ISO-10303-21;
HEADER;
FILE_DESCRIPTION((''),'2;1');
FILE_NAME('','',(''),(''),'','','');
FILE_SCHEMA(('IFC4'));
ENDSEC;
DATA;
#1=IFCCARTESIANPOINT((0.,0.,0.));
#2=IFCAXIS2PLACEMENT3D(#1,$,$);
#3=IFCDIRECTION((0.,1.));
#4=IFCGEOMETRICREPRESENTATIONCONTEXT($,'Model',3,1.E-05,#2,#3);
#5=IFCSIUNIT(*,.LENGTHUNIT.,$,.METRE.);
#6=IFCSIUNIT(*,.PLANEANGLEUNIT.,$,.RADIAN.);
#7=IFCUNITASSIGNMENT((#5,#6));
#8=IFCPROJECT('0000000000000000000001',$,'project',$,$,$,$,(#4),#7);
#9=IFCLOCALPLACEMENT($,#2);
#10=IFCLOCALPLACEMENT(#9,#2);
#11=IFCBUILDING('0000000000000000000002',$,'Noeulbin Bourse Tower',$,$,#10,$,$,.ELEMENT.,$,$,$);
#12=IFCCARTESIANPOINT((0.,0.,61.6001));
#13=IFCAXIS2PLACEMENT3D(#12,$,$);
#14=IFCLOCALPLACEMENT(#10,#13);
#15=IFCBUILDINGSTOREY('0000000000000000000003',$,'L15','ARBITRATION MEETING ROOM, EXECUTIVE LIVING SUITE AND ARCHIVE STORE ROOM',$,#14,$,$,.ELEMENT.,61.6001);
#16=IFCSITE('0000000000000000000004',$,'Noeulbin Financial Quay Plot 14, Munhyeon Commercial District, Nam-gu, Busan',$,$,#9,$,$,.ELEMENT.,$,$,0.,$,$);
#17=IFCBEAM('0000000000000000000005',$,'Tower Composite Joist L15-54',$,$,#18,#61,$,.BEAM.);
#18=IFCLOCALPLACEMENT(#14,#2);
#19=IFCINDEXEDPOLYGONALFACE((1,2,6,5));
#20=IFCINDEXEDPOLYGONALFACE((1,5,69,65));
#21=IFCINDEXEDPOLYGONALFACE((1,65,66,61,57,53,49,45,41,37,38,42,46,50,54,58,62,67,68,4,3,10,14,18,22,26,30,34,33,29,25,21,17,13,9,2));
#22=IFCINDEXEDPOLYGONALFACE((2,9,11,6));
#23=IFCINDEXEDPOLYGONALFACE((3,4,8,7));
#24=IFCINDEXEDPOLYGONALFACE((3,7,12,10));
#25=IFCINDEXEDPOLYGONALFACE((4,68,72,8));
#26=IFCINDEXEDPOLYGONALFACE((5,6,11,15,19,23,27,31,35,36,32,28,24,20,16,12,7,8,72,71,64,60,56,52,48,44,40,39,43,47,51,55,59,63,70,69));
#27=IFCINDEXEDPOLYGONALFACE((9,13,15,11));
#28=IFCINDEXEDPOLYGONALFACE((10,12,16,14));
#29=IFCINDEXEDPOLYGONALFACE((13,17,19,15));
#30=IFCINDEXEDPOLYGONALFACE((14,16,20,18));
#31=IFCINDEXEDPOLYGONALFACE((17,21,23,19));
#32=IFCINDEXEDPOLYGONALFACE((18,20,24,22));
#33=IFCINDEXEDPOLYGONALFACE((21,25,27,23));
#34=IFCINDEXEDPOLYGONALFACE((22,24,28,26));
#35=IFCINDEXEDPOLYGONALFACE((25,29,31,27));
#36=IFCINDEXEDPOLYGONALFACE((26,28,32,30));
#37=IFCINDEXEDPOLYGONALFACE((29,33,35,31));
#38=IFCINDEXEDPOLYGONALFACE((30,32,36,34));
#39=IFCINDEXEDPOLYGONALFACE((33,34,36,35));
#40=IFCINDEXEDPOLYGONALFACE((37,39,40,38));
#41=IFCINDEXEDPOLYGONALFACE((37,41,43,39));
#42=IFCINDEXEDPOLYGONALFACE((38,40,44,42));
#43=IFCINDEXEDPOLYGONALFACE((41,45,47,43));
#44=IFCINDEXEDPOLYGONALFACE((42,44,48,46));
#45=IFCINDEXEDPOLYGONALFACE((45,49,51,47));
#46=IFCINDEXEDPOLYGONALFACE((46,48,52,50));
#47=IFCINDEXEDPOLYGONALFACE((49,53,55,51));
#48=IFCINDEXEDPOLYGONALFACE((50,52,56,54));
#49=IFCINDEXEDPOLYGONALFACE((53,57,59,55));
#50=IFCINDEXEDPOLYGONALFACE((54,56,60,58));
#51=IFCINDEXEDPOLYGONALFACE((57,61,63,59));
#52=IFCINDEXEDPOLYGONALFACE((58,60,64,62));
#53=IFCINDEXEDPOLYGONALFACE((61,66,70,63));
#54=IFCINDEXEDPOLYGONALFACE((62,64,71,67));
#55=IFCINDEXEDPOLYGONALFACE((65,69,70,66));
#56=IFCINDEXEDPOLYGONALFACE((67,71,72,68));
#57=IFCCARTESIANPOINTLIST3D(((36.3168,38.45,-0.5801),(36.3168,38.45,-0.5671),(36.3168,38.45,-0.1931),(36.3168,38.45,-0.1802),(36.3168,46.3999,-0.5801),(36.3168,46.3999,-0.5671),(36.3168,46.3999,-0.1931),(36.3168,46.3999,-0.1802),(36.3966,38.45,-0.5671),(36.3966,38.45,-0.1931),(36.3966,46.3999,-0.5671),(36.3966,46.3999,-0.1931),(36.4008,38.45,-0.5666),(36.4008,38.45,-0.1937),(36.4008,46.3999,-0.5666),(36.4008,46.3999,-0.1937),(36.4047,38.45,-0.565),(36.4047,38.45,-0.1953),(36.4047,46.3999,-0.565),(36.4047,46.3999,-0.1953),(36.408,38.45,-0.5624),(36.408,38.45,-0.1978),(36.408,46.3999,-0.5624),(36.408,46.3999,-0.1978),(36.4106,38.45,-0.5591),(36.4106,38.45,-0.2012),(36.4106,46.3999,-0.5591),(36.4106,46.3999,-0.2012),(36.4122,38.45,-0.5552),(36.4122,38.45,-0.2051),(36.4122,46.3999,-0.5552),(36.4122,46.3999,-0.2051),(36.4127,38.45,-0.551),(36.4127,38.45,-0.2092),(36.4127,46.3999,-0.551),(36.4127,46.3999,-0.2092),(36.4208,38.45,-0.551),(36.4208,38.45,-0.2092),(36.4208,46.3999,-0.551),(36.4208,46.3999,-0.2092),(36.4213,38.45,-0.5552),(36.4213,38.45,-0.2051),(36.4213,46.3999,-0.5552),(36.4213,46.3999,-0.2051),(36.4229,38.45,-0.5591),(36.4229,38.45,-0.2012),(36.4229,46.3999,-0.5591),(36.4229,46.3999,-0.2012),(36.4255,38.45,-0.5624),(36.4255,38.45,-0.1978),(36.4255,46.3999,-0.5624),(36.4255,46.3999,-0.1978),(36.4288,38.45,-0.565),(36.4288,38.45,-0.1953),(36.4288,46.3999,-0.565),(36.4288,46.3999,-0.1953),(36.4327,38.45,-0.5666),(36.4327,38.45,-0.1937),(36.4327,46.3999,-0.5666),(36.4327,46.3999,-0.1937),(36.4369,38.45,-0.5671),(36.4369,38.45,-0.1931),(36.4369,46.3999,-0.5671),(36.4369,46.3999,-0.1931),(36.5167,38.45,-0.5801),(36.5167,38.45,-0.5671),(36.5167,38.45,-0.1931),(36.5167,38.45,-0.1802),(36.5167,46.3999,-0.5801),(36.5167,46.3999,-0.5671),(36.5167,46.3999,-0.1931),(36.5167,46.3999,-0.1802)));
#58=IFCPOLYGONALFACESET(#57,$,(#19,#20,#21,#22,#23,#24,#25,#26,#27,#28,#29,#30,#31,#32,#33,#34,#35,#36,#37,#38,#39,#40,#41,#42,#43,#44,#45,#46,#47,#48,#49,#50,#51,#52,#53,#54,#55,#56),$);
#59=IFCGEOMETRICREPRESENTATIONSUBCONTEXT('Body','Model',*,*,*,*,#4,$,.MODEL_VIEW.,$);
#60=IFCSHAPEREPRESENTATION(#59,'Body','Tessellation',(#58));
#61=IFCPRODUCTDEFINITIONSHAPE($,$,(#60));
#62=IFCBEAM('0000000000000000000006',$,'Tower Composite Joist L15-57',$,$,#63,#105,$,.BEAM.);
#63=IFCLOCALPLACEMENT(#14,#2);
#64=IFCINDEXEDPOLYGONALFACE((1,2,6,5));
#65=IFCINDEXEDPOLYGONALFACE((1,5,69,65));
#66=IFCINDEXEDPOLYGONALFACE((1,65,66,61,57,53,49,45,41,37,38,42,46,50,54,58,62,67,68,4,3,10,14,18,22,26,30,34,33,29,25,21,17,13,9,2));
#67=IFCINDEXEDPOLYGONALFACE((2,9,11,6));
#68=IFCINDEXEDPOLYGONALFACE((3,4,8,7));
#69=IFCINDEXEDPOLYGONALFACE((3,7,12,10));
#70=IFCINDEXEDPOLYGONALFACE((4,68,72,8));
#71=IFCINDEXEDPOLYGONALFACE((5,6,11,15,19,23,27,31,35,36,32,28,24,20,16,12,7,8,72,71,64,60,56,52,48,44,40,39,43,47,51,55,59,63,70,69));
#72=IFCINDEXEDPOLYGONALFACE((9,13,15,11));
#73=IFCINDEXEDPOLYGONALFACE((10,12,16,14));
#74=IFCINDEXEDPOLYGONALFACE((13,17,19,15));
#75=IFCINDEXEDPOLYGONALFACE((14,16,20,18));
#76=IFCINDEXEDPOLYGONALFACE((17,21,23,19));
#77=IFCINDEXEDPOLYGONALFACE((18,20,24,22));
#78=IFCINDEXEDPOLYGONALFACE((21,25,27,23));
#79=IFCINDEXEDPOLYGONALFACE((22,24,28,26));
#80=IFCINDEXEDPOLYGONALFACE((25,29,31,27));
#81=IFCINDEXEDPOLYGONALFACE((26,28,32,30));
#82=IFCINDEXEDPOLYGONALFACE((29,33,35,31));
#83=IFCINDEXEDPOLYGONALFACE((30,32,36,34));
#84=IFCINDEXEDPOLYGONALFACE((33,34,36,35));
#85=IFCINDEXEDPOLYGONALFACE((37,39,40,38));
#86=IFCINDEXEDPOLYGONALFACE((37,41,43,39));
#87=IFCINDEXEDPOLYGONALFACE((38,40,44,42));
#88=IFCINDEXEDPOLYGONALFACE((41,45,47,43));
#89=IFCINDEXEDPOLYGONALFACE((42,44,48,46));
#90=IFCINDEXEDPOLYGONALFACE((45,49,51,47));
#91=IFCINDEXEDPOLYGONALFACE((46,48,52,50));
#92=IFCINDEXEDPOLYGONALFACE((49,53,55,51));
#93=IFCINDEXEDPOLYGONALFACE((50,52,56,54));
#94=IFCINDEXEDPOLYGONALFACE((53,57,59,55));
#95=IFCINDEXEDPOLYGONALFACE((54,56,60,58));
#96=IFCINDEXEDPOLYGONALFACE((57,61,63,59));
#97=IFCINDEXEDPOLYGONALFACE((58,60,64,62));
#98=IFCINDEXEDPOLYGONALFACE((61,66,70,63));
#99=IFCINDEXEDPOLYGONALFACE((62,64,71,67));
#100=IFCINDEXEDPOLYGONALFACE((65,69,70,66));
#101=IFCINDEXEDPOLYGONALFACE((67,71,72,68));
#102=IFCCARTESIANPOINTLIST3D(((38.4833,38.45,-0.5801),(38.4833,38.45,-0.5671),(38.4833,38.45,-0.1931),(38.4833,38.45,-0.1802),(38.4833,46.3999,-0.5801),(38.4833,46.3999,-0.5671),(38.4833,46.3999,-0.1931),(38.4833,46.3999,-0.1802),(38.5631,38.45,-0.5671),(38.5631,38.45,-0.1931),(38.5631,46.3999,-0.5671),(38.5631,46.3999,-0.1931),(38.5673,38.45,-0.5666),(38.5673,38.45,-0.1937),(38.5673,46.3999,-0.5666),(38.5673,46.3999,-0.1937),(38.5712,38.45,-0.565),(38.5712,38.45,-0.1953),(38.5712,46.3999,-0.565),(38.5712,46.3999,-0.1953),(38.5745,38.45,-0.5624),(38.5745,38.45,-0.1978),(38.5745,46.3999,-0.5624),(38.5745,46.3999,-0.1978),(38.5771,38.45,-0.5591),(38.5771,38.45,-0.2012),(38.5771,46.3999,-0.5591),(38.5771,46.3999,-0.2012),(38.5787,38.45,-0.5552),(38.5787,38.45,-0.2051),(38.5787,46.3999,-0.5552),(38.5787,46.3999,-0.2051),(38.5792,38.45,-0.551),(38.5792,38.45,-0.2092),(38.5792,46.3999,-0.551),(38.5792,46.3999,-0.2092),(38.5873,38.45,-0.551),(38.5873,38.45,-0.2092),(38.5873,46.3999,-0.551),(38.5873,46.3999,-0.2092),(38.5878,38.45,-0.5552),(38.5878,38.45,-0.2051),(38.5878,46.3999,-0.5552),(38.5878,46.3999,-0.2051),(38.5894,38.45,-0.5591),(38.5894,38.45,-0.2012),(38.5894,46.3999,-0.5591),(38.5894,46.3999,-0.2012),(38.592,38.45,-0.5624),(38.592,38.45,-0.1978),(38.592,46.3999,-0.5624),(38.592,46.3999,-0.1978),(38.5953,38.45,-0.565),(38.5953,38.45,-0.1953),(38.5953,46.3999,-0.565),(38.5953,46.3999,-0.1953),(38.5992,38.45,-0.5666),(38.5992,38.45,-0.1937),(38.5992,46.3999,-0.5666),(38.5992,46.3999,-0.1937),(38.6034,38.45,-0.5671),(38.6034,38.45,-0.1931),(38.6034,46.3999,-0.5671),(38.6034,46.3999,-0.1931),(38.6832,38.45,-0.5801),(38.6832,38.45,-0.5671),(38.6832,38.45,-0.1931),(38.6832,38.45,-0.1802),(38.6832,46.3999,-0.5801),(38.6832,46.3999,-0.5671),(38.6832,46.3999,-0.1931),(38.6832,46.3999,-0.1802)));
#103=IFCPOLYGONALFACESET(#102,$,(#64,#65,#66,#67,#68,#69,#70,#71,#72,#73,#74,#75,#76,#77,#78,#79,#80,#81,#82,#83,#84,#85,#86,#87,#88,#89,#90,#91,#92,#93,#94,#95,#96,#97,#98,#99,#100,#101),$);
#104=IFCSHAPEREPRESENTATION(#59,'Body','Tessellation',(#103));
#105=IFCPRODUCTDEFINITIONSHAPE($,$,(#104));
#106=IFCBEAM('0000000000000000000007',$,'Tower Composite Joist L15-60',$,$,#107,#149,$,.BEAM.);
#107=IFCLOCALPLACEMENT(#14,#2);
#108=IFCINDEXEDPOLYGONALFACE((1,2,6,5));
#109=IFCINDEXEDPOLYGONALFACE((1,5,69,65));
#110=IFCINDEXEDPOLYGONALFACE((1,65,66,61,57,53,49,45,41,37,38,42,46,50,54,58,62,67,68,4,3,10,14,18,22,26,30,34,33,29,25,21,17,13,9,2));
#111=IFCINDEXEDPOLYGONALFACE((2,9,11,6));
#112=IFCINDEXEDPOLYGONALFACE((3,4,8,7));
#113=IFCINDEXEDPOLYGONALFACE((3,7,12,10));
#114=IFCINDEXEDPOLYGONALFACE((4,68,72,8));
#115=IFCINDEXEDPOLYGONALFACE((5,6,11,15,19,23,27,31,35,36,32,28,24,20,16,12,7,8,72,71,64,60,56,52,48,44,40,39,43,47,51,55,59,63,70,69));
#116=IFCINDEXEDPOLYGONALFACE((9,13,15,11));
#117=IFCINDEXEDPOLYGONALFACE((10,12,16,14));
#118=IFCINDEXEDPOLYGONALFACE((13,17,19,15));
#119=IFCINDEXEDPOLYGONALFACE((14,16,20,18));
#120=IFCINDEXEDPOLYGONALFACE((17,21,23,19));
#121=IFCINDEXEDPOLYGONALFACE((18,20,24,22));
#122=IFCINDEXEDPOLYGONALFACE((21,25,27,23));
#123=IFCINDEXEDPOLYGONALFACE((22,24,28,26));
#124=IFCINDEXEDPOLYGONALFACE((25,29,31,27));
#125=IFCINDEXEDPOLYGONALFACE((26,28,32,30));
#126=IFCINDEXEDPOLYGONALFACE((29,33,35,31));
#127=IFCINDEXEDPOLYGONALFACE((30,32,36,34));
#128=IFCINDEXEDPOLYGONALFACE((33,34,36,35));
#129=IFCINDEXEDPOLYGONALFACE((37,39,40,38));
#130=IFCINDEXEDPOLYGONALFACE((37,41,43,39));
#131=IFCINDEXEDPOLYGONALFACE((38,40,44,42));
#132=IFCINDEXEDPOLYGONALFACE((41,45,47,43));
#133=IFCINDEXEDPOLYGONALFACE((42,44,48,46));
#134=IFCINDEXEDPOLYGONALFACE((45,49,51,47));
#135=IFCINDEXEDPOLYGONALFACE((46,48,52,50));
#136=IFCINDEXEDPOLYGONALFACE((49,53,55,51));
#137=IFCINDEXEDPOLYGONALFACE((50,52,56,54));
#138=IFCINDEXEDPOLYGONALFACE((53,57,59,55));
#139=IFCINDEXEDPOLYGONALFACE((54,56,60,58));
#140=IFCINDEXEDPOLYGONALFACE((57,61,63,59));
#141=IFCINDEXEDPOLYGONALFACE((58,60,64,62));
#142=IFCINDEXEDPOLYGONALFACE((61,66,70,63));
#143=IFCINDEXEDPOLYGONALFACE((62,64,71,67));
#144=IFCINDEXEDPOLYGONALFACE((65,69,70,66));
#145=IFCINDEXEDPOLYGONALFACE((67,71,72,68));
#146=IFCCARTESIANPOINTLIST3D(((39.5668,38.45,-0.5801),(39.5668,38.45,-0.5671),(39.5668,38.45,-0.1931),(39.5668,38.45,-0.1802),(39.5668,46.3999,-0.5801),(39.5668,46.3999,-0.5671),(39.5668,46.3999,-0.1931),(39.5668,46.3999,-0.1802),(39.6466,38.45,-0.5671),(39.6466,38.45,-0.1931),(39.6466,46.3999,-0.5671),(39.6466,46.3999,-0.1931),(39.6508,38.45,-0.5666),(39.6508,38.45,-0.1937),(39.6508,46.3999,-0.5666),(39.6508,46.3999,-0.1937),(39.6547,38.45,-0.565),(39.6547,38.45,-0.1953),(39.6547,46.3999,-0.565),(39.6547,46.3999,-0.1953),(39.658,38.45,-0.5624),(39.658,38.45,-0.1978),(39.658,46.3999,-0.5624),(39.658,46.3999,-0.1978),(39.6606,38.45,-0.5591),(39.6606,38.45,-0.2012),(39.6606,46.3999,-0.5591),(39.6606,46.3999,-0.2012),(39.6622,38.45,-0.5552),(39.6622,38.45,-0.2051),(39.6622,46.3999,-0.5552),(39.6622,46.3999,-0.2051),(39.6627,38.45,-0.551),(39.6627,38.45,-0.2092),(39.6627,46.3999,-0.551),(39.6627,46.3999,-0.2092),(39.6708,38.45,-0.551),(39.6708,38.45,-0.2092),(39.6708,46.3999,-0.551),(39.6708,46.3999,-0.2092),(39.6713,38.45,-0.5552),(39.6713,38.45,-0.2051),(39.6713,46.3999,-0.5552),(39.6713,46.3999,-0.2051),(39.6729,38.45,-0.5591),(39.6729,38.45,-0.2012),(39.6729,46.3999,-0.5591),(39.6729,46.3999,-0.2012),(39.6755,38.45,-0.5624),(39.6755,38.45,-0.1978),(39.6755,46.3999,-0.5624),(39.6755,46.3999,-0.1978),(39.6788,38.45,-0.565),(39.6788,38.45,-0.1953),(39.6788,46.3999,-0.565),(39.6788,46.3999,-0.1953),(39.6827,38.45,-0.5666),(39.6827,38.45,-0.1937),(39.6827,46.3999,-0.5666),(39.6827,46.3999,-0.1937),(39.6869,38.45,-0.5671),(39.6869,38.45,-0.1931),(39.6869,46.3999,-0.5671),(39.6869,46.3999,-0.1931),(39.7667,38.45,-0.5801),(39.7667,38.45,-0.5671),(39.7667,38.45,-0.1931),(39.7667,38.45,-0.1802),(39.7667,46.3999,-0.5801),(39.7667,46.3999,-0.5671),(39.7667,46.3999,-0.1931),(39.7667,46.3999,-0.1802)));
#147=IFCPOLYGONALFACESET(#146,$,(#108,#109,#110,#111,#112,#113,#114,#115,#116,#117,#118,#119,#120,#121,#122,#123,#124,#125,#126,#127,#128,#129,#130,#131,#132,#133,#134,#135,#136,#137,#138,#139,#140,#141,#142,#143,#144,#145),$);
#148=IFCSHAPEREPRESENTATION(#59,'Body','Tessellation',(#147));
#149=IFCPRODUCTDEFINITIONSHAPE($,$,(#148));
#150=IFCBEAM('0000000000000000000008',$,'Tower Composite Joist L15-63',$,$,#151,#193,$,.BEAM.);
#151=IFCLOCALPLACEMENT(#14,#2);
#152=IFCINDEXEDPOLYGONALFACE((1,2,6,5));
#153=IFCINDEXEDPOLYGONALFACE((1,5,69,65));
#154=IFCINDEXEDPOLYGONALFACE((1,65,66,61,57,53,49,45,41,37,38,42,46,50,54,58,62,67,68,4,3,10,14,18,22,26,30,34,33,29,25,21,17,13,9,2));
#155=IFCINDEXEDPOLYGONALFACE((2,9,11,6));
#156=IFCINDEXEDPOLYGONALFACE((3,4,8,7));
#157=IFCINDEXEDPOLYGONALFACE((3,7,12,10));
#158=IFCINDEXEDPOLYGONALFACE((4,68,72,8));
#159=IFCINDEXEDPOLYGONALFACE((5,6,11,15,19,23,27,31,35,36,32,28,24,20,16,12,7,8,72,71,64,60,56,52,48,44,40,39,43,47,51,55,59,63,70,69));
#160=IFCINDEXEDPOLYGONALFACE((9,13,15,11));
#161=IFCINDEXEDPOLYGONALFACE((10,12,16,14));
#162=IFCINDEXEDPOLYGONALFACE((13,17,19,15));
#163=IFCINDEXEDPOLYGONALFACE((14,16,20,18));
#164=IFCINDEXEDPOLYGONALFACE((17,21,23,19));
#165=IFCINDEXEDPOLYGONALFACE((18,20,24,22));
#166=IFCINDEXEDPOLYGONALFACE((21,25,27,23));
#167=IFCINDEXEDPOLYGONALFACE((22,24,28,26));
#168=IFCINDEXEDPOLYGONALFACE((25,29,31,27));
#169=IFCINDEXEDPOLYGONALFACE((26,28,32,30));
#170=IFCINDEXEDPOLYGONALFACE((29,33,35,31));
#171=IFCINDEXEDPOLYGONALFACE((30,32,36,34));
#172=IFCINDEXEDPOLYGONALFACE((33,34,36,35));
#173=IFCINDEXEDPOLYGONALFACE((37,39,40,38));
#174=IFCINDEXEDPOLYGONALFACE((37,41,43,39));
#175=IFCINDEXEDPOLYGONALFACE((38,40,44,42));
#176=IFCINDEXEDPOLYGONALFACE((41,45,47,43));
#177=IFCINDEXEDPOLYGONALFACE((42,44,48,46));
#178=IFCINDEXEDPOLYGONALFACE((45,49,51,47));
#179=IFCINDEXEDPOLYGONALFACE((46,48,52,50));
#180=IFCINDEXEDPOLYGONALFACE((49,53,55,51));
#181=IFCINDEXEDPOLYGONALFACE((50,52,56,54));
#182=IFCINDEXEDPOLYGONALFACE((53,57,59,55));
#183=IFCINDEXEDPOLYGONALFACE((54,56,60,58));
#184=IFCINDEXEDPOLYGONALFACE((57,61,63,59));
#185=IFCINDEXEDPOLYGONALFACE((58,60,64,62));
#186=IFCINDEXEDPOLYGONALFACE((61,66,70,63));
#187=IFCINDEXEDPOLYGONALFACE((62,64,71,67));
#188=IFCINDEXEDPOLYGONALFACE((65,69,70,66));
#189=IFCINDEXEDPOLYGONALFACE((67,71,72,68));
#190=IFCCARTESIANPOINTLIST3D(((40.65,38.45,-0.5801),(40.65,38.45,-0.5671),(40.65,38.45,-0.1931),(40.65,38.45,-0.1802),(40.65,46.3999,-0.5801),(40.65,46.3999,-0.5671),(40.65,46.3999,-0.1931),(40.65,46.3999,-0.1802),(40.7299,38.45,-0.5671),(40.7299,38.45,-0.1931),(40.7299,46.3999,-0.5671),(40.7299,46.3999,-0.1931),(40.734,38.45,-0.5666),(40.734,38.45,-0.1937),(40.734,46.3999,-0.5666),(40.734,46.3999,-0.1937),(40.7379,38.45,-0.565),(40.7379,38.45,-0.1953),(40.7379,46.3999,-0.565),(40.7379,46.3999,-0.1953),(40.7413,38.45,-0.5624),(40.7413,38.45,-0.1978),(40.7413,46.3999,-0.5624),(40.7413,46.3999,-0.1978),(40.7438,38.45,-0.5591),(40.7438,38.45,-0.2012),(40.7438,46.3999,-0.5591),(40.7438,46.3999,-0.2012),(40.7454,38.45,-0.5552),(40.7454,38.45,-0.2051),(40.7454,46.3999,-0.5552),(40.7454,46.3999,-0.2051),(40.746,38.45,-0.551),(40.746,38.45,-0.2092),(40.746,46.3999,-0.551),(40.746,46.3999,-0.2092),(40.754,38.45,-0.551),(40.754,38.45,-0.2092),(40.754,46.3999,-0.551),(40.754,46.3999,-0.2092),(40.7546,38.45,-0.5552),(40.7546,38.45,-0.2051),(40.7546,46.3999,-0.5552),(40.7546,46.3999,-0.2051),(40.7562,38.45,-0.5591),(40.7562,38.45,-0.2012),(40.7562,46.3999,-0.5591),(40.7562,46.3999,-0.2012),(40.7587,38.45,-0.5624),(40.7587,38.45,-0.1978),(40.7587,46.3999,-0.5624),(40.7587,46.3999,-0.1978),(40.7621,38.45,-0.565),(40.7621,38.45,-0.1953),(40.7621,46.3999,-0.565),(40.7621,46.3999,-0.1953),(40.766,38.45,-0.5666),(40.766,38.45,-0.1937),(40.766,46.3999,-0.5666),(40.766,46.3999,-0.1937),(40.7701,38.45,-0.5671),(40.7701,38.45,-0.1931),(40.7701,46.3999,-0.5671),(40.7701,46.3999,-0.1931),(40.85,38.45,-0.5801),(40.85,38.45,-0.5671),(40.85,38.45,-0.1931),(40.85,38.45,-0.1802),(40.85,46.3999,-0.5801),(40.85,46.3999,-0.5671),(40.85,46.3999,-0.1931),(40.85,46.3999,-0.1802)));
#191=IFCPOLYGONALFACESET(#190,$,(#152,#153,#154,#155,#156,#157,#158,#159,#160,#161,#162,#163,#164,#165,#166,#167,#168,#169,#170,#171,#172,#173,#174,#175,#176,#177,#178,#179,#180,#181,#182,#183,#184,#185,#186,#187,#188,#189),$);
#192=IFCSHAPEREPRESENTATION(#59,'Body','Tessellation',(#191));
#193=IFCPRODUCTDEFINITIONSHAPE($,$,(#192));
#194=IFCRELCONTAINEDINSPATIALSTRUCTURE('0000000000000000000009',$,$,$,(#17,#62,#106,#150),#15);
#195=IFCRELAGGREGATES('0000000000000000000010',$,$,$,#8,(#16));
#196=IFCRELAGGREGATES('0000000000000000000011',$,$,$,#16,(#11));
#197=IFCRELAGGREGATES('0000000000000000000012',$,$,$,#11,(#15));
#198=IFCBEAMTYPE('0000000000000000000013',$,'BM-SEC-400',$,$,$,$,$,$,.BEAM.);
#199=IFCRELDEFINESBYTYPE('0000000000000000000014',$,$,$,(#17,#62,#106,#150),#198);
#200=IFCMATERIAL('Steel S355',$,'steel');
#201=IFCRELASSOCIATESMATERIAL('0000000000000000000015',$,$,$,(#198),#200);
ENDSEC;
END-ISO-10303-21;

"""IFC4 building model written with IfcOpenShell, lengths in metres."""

from ifc_helpers import new_model, si_unit, direction, frame, origin, origin_2d, place, context, subcontext, project, spatial, i_section, extrude, material, material_profile, profile_set, type_object, element, save


model = new_model("IFC4")

# Units and contexts
model_context = context("Model", 3, precision=1e-05, world=origin(), true_north=direction((0.0, 1.0)))
body_context = subcontext(model_context, "Body", "Model", "MODEL_VIEW")
ifc_project = project(units=[si_unit("LENGTHUNIT", "METRE"), si_unit("PLANEANGLEUNIT", "RADIAN")], contexts=[model_context])

# Site, building, storey
site_placement = place(None, origin())
site = spatial("IfcSite", under=ifc_project, at=site_placement, Name="Noeulbin Financial Quay Plot 14, Munhyeon Commercial District, Nam-gu, Busan", CompositionType="ELEMENT", RefElevation=0.0)
building_placement = place(site_placement, origin())
building = spatial("IfcBuilding", under=site, at=building_placement, Name="Noeulbin Bourse Tower", CompositionType="ELEMENT")
storey_placement = place(building_placement, frame((0.0, 0.0, 61.6001)))
storey = spatial("IfcBuildingStorey", under=building, at=storey_placement, Name="L15", Description="ARBITRATION MEETING ROOM, EXECUTIVE LIVING SUITE AND ARCHIVE STORE ROOM", CompositionType="ELEMENT", Elevation=61.6001)

# Beams
ifc_material_1 = material(Name="Steel S355", Category="steel")
ifc_material_profile_1 = material_profile(ifc_material_1, i_section(OverallWidth=0.2, OverallDepth=0.3999, WebThickness=0.0081, FlangeThickness=0.0129, FilletRadius=0.0161, at=origin_2d()), Name="H-400x200x8x13", Category="LoadBearing")
ifc_profile_set_1 = profile_set([ifc_material_profile_1], Name="Steel S355")
beam_type_1 = type_object("IfcBeamType", Name="BM-SEC-400", PredefinedType="BEAM", material=ifc_profile_set_1)
for number, where, z_axis, x_axis, name in (
    (1, (36.4167, 38.45, -0.3801), (0.0, 1.0, 0.0), (-1.0, 0.0, 0.0), "Tower Composite Joist L15-54"),
    (2, (38.5833, 38.45, -0.3801), (0.0, 1.0, 0.0), (-1.0, 0.0, 0.0), "Tower Composite Joist L15-57"),
    (3, (39.6667, 38.45, -0.3801), (0.0, 1.0, 0.0), (-1.0, 0.0, 0.0), "Tower Composite Joist L15-60"),
    (4, (40.75, 38.45, -0.3801), (0.0, 1.0, 0.0), (-1.0, 0.0, 0.0), "Tower Composite Joist L15-63"),
):
    element("IfcBeam", number, at=place(storey_placement, frame(where, z_axis=z_axis, x_axis=x_axis)), inside=storey, type_object=beam_type_1, Name=name, PredefinedType="BEAM", context=body_context, shape_type="SweptSolid", body=[
        extrude(i_section(OverallWidth=0.2, OverallDepth=0.3999, WebThickness=0.0081, FlangeThickness=0.0129, FilletRadius=0.0161, at=origin_2d()), origin(), (0.0, 0.0, 1.0), 7.95),
    ])

save(model, "model.ifc")
